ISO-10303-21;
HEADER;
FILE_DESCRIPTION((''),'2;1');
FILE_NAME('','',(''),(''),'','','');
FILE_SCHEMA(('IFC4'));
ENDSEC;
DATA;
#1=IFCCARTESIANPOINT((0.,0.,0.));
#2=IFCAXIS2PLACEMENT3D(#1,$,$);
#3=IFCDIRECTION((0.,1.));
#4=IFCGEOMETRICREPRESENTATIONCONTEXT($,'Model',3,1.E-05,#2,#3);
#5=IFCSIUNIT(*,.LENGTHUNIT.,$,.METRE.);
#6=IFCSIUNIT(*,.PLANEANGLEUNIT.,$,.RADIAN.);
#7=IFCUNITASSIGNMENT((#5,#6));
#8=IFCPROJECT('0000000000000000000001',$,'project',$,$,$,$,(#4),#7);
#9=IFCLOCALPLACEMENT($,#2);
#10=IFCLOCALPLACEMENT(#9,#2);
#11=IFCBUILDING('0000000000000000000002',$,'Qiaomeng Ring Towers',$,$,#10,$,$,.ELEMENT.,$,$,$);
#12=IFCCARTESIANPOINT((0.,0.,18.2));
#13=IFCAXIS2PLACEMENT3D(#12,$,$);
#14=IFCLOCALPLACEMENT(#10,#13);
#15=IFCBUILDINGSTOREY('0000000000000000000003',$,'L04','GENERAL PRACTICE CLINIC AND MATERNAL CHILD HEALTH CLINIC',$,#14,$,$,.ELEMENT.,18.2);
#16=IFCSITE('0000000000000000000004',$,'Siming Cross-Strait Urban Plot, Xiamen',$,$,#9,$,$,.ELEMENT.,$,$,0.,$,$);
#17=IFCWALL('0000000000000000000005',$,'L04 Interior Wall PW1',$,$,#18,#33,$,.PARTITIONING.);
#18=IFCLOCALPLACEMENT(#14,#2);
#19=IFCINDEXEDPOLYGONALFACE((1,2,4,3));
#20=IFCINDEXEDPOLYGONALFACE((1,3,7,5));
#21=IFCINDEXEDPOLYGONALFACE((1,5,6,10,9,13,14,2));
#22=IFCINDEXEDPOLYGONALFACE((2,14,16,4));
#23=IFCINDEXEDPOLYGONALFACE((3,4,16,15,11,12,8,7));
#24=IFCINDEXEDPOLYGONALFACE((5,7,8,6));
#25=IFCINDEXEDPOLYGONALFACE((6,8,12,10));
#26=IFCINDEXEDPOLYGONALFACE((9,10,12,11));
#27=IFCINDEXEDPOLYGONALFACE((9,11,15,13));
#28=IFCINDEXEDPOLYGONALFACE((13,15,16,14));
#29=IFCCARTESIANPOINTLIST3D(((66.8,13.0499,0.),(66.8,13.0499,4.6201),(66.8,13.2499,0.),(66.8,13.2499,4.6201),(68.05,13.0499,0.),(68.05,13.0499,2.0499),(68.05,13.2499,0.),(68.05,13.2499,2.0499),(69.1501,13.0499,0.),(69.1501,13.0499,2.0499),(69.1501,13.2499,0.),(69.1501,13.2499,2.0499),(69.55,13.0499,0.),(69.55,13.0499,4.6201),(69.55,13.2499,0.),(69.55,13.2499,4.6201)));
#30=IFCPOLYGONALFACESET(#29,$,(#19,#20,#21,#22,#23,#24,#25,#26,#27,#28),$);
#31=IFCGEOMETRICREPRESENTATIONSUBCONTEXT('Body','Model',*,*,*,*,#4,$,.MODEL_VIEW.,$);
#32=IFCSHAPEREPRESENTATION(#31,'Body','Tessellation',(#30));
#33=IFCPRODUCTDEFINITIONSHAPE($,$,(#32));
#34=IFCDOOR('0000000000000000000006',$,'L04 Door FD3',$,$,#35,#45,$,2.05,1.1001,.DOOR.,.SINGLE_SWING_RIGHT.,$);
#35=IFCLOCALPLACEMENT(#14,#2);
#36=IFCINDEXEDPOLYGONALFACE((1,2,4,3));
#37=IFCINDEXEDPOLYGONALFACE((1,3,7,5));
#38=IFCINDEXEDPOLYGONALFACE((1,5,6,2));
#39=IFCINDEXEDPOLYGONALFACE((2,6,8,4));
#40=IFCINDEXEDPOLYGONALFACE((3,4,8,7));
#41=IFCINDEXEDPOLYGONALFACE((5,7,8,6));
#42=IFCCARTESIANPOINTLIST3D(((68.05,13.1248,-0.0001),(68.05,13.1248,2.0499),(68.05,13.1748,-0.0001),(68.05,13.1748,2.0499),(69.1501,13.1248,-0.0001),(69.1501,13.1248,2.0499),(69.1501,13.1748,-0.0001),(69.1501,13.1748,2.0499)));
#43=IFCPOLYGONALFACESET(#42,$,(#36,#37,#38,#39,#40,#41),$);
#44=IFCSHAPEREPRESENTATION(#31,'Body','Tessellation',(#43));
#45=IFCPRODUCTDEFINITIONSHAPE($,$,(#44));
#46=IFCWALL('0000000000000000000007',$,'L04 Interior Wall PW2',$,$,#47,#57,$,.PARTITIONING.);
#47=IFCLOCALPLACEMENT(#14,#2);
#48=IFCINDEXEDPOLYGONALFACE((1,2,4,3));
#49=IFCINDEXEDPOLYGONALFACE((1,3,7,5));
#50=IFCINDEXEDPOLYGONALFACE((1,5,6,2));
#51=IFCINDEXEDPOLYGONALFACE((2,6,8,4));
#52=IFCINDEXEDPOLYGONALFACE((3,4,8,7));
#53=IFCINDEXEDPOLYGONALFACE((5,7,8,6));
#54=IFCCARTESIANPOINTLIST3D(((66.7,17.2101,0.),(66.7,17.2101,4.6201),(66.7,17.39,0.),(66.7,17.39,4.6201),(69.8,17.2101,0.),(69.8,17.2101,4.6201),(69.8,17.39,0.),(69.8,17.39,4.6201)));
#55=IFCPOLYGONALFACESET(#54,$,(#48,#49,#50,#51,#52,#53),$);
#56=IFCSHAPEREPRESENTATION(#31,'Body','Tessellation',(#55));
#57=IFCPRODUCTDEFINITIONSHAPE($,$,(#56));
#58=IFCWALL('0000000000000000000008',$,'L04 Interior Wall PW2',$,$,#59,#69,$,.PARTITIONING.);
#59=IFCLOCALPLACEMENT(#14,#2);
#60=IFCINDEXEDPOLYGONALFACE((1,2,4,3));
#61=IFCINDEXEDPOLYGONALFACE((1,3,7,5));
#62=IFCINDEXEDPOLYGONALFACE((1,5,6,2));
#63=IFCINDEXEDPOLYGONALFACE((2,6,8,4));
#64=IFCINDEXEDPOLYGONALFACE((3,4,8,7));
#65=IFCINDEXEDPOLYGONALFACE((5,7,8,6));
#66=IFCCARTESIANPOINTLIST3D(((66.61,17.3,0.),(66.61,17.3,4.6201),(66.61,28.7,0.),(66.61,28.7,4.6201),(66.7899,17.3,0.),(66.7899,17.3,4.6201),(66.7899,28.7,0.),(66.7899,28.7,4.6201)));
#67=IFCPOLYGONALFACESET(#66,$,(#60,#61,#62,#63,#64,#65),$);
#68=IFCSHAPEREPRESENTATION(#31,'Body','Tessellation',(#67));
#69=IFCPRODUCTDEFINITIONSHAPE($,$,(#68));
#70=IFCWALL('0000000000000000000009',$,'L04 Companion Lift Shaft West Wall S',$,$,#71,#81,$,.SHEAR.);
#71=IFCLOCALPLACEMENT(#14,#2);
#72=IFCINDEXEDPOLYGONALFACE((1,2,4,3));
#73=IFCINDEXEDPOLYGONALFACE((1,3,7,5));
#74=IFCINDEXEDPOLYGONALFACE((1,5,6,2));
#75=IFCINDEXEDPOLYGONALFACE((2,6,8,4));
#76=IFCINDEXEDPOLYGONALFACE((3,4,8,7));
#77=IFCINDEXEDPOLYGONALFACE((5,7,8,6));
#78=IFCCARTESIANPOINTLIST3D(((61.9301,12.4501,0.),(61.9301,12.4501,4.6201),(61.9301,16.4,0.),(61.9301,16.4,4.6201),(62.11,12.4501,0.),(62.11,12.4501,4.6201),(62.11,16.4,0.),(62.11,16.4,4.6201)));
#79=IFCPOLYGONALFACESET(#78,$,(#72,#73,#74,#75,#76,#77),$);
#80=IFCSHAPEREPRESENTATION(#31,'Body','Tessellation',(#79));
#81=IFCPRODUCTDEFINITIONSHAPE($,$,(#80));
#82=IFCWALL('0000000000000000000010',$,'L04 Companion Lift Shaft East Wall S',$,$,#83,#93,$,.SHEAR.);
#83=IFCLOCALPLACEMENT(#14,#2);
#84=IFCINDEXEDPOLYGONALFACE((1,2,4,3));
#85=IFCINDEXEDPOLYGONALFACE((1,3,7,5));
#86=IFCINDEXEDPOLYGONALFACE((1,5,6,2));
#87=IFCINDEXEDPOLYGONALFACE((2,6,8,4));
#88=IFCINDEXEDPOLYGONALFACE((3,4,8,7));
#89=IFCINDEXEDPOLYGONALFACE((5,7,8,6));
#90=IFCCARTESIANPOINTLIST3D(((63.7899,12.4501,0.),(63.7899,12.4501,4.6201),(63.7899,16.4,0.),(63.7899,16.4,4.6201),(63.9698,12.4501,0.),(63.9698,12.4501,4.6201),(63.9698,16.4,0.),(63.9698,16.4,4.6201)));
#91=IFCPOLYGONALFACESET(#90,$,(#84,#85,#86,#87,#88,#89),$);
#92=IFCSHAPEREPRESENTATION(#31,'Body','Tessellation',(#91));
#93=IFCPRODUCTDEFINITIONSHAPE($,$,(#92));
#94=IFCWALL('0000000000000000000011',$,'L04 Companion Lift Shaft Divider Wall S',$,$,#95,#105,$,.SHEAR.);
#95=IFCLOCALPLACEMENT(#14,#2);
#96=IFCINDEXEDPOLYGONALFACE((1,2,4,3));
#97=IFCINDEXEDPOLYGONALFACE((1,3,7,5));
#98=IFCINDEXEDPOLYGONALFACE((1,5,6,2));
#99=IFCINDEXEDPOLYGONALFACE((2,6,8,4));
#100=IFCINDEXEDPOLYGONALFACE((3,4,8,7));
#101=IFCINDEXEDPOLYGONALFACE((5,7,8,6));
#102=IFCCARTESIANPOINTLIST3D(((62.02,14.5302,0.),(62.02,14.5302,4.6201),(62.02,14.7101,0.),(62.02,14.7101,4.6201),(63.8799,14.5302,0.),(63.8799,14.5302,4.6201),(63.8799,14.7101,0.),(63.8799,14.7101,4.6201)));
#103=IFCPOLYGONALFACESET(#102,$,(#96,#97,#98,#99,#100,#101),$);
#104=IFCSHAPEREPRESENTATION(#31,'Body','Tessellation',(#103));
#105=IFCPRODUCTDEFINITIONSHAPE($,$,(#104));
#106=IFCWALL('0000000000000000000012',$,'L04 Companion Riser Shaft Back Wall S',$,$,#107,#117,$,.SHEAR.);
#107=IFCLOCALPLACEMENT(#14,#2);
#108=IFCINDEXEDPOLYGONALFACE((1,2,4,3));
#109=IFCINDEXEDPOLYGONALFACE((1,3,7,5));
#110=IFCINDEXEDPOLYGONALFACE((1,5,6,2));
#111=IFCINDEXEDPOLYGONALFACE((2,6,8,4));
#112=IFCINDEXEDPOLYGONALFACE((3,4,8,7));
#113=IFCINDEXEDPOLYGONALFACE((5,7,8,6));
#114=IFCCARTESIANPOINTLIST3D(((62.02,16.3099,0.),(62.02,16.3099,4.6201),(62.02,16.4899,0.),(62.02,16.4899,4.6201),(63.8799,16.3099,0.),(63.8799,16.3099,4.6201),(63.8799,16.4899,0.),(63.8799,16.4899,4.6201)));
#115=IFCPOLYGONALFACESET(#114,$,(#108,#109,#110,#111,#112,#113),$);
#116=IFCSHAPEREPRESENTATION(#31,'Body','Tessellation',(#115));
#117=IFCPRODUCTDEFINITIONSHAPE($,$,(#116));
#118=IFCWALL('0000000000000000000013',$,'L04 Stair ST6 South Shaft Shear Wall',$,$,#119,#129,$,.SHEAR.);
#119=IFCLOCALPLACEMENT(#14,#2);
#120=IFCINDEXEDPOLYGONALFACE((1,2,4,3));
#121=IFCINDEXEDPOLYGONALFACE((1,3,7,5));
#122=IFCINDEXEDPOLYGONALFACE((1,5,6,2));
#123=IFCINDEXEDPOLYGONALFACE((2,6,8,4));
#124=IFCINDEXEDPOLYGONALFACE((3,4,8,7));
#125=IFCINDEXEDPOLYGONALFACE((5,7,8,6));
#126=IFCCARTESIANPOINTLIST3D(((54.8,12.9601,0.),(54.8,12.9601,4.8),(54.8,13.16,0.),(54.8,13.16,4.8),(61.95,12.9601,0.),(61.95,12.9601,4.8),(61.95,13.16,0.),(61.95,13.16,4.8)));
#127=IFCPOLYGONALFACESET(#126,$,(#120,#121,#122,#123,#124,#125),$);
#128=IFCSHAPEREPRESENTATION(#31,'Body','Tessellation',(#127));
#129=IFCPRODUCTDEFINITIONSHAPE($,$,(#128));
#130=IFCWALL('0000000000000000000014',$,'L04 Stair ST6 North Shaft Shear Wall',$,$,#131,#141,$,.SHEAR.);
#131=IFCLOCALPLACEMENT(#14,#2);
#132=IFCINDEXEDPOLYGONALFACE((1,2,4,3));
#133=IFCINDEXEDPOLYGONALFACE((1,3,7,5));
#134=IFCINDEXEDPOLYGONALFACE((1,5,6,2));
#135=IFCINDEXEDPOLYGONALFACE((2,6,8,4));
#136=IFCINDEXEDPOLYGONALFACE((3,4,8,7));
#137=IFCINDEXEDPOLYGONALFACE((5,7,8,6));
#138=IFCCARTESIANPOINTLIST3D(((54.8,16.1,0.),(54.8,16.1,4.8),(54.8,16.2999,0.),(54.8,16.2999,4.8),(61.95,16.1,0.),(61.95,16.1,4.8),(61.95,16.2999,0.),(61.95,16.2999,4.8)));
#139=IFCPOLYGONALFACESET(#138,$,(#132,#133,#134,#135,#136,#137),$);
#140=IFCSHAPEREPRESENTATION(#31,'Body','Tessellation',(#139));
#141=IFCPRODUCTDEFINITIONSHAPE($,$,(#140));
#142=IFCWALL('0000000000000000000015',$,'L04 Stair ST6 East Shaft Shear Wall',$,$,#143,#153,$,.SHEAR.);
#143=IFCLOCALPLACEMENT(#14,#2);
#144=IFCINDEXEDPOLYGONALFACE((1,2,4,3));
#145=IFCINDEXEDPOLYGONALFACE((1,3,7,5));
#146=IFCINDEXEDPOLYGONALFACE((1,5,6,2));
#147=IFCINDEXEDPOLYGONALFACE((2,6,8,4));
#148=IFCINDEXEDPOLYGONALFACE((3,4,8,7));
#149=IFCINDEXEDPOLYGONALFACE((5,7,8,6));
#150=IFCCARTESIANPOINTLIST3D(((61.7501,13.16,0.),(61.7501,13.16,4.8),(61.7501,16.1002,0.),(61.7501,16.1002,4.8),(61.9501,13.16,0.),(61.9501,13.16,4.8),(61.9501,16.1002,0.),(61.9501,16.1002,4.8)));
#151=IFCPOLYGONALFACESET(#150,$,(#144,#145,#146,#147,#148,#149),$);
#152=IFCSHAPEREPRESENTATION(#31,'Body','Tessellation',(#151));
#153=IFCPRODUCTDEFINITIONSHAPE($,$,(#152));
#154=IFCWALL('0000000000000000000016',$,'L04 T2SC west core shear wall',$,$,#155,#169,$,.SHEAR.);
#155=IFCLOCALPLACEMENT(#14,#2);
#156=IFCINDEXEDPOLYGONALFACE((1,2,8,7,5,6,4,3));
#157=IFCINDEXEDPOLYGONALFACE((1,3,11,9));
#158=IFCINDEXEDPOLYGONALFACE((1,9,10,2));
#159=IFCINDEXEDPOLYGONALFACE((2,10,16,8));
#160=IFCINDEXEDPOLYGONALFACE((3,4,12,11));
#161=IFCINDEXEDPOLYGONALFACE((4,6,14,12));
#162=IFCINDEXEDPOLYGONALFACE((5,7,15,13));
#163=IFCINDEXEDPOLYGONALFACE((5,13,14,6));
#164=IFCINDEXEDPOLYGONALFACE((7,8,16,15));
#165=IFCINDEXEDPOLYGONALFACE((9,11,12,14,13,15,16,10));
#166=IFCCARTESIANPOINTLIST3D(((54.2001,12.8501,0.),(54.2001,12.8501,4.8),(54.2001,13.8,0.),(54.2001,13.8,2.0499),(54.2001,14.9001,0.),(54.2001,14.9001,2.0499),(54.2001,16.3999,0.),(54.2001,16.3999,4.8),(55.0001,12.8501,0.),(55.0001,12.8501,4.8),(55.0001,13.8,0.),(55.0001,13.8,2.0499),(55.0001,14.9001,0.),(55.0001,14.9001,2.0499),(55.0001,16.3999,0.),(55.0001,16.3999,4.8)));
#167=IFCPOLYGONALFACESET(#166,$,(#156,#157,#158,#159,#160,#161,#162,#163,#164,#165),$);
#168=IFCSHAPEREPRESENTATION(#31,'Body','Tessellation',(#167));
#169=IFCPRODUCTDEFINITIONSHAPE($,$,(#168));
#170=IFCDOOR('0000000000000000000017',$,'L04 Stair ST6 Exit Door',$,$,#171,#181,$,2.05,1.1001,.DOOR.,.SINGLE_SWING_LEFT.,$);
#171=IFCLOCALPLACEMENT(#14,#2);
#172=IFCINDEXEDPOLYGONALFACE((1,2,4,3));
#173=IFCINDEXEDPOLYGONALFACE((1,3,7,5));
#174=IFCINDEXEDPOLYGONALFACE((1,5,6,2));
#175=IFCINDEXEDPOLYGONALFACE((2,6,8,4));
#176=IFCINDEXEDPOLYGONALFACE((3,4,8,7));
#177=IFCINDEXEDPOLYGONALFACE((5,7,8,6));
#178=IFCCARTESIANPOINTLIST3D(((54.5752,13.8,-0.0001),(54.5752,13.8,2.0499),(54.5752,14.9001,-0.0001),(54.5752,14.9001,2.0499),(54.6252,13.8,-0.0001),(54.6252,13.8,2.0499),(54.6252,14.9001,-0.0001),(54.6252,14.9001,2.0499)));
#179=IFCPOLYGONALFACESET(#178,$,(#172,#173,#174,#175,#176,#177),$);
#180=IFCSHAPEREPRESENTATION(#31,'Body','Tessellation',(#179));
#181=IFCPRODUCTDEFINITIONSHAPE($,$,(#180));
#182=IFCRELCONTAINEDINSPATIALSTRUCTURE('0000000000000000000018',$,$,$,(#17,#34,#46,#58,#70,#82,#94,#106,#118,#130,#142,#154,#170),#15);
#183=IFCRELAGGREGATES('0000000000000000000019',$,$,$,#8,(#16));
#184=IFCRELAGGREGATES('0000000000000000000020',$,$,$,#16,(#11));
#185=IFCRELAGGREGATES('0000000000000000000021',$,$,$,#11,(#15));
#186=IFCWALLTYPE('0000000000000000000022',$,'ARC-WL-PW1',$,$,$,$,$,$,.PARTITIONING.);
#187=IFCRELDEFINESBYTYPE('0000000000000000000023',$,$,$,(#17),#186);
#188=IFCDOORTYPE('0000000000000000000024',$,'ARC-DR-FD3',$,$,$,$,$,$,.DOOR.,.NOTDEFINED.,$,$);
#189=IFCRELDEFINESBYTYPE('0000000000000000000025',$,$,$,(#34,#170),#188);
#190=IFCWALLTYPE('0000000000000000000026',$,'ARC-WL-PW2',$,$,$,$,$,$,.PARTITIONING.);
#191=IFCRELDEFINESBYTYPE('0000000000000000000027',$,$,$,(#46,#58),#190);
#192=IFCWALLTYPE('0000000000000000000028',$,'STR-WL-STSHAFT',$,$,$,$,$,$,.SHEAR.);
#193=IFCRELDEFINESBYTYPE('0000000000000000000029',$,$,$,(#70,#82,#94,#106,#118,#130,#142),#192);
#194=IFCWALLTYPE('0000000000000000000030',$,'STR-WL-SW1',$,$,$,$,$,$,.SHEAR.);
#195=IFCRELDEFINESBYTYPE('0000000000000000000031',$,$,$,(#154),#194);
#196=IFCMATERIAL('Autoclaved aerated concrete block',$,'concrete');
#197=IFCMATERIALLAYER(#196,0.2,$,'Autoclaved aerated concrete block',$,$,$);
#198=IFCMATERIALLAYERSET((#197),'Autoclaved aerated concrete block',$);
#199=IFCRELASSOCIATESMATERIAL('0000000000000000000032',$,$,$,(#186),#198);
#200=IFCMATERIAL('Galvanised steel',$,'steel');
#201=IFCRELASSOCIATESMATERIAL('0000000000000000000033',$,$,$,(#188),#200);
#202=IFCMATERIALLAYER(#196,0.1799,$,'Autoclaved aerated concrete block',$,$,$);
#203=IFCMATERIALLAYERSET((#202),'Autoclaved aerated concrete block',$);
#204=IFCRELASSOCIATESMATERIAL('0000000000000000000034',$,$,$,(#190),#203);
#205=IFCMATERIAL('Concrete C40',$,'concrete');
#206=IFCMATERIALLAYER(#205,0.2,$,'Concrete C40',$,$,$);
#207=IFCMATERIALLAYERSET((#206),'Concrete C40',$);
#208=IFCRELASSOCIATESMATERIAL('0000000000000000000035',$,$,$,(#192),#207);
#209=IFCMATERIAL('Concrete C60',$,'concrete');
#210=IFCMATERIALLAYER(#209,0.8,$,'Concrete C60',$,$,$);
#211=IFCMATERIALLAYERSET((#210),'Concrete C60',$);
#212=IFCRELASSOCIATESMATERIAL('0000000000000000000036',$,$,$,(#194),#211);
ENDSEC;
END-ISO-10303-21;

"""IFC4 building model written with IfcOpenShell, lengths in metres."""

from ifc_helpers import new_model, si_unit, direction, frame, frame_2d, origin, place, context, subcontext, project, spatial, rectangle, extrude, source, transform, mapped, material, layer, layer_set, type_object, element, fill, save


model = new_model("IFC4")

# Units and contexts
model_context = context("Model", 3, precision=1e-05, world=origin(), true_north=direction((0.0, 1.0)))
body_context = subcontext(model_context, "Body", "Model", "MODEL_VIEW")
ifc_project = project(units=[si_unit("LENGTHUNIT", "METRE"), si_unit("PLANEANGLEUNIT", "RADIAN")], contexts=[model_context])

# Site, building, storey
site_placement = place(None, origin())
site = spatial("IfcSite", under=ifc_project, at=site_placement, Name="Siming Cross-Strait Urban Plot, Xiamen", CompositionType="ELEMENT", RefElevation=0.0)
building_placement = place(site_placement, origin())
building = spatial("IfcBuilding", under=site, at=building_placement, Name="Qiaomeng Ring Towers", CompositionType="ELEMENT")
storey_placement = place(building_placement, frame((0.0, 0.0, 18.2)))
storey = spatial("IfcBuildingStorey", under=building, at=storey_placement, Name="L04", Description="GENERAL PRACTICE CLINIC AND MATERNAL CHILD HEALTH CLINIC", CompositionType="ELEMENT", Elevation=18.2)

# Wall, opening, door
ifc_material_1 = material(Name="Autoclaved aerated concrete block", Category="concrete")
ifc_layer_1 = layer(ifc_material_1, 0.2, Name="Autoclaved aerated concrete block")
ifc_layer_set_1 = layer_set([ifc_layer_1], Name="Autoclaved aerated concrete block")
wall_type_1 = type_object("IfcWallType", Name="ARC-WL-PW1", PredefinedType="PARTITIONING", material=ifc_layer_set_1)
wall_1_placement = place(storey_placement, frame((66.8, 13.1499, 0.0), z_axis=(0.0, 0.0, 1.0), x_axis=(1.0, 0.0, 0.0)))
wall_1 = element("IfcWall", 1, at=wall_1_placement, inside=storey, type_object=wall_type_1, Name="L04 Interior Wall PW1", PredefinedType="PARTITIONING", context=body_context, shape_type="SweptSolid", body=[
    extrude(rectangle(XDim=2.75, YDim=0.2, at=frame_2d((1.375, 0.0))), origin(), (0.0, 0.0, 1.0), 4.6201),
])
opening_1_placement = place(wall_1_placement, frame((1.25, 0.0, 0.0)))
opening_1 = element("IfcOpeningElement", 2, at=opening_1_placement, cuts=wall_1, PredefinedType="OPENING", context=body_context, shape_type="SweptSolid", body=[
    extrude(rectangle(XDim=1.1001, YDim=2.05, at=frame_2d((0.55, 1.0249))), frame((0.0, 0.1099, 0.0), z_axis=(0.0, -1.0, 0.0), x_axis=(1.0, 0.0, 0.0)), (0.0, 0.0, 1.0), 0.22),
])
ifc_material_2 = material(Name="Galvanised steel", Category="steel")
door_type_1 = type_object("IfcDoorType", Name="ARC-DR-FD3", OperationType="NOTDEFINED", PredefinedType="DOOR", material=ifc_material_2)
shared_shape_1 = source(origin(), body_context, "Body", "SweptSolid", [
    extrude(rectangle(XDim=1.1001, YDim=2.05, at=frame_2d((0.55, 1.0249))), frame((0.0, 0.0249, 0.0), z_axis=(0.0, -1.0, 0.0), x_axis=(1.0, 0.0, 0.0)), (0.0, 0.0, 1.0), 0.05),
])
door_1_placement = place(opening_1_placement, origin())
door_1 = element("IfcDoor", 3, at=door_1_placement, inside=storey, type_object=door_type_1, Name="L04 Door FD3", OperationType="SINGLE_SWING_RIGHT", OverallHeight=2.05, OverallWidth=1.1001, PredefinedType="DOOR", context=body_context, shape_type="MappedRepresentation", body=[
    mapped(shared_shape_1, transform((0.0, 0.0, 0.0), x_axis=(1.0, 0.0, 0.0), y_axis=(0.0, 1.0, 0.0), z_axis=(0.0, 0.0, 1.0), scale=1.0)),
])
fill(opening_1, door_1)

# Walls
ifc_layer_2 = layer(ifc_material_1, 0.1799, Name="Autoclaved aerated concrete block")
ifc_layer_set_2 = layer_set([ifc_layer_2], Name="Autoclaved aerated concrete block")
wall_type_2 = type_object("IfcWallType", Name="ARC-WL-PW2", PredefinedType="PARTITIONING", material=ifc_layer_set_2)
wall_2_placement = place(storey_placement, frame((66.7, 17.3, 0.0), z_axis=(0.0, 0.0, 1.0), x_axis=(1.0, 0.0, 0.0)))
element("IfcWall", 4, at=wall_2_placement, inside=storey, type_object=wall_type_2, Name="L04 Interior Wall PW2", PredefinedType="PARTITIONING", context=body_context, shape_type="SweptSolid", body=[
    extrude(rectangle(XDim=3.1001, YDim=0.1799, at=frame_2d((1.55, 0.0))), origin(), (0.0, 0.0, 1.0), 4.6201),
])
wall_3_placement = place(storey_placement, frame((66.7, 17.3, 0.0), z_axis=(0.0, 0.0, 1.0), x_axis=(0.0, 1.0, 0.0)))
element("IfcWall", 5, at=wall_3_placement, inside=storey, type_object=wall_type_2, Name="L04 Interior Wall PW2", PredefinedType="PARTITIONING", context=body_context, shape_type="SweptSolid", body=[
    extrude(rectangle(XDim=11.3999, YDim=0.1799, at=frame_2d((5.7, 0.0))), origin(), (0.0, 0.0, 1.0), 4.6201),
])
ifc_material_3 = material(Name="Concrete C40", Category="concrete")
ifc_layer_3 = layer(ifc_material_3, 0.2, Name="Concrete C40")
ifc_layer_set_3 = layer_set([ifc_layer_3], Name="Concrete C40")
wall_type_3 = type_object("IfcWallType", Name="STR-WL-STSHAFT", PredefinedType="SHEAR", material=ifc_layer_set_3)
for number, where, z_axis, x_axis, name in (
    (6, (62.02, 12.45, 0.0), (0.0, 0.0, 1.0), (0.0, 1.0, 0.0), "L04 Companion Lift Shaft West Wall S"),
    (7, (63.8799, 12.45, 0.0), (0.0, 0.0, 1.0), (0.0, 1.0, 0.0), "L04 Companion Lift Shaft East Wall S"),
):
    element("IfcWall", number, at=place(storey_placement, frame(where, z_axis=z_axis, x_axis=x_axis)), inside=storey, type_object=wall_type_3, Name=name, PredefinedType="SHEAR", context=body_context, shape_type="SweptSolid", body=[
        extrude(rectangle(XDim=3.95, YDim=0.1799, at=frame_2d((1.9751, 0.0))), origin(), (0.0, 0.0, 1.0), 4.6201),
    ])
for number, where, z_axis, x_axis, name in (
    (8, (62.02, 14.6201, 0.0), (0.0, 0.0, 1.0), (1.0, 0.0, 0.0), "L04 Companion Lift Shaft Divider Wall S"),
    (9, (62.02, 16.3999, 0.0), (0.0, 0.0, 1.0), (1.0, 0.0, 0.0), "L04 Companion Riser Shaft Back Wall S"),
):
    element("IfcWall", number, at=place(storey_placement, frame(where, z_axis=z_axis, x_axis=x_axis)), inside=storey, type_object=wall_type_3, Name=name, PredefinedType="SHEAR", context=body_context, shape_type="SweptSolid", body=[
        extrude(rectangle(XDim=1.8599, YDim=0.1799, at=frame_2d((0.9299, 0.0))), origin(), (0.0, 0.0, 1.0), 4.6201),
    ])
for number, where, z_axis, x_axis, name in (
    (10, (54.8, 13.0601, 0.0), (0.0, 0.0, 1.0), (1.0, 0.0, 0.0), "L04 Stair ST6 South Shaft Shear Wall"),
    (11, (54.8, 16.2, 0.0), (0.0, 0.0, 1.0), (1.0, 0.0, 0.0), "L04 Stair ST6 North Shaft Shear Wall"),
):
    element("IfcWall", number, at=place(storey_placement, frame(where, z_axis=z_axis, x_axis=x_axis)), inside=storey, type_object=wall_type_3, Name=name, PredefinedType="SHEAR", context=body_context, shape_type="SweptSolid", body=[
        extrude(rectangle(XDim=7.1499, YDim=0.2, at=frame_2d((3.575, 0.0))), origin(), (0.0, 0.0, 1.0), 4.8),
    ])
wall_4_placement = place(storey_placement, frame((61.8501, 13.1599, 0.0), z_axis=(0.0, 0.0, 1.0), x_axis=(0.0, 1.0, 0.0)))
element("IfcWall", 12, at=wall_4_placement, inside=storey, type_object=wall_type_3, Name="L04 Stair ST6 East Shaft Shear Wall", PredefinedType="SHEAR", context=body_context, shape_type="SweptSolid", body=[
    extrude(rectangle(XDim=2.9402, YDim=0.2, at=frame_2d((1.4702, 0.0))), origin(), (0.0, 0.0, 1.0), 4.8),
])

# Wall, opening, door
ifc_material_4 = material(Name="Concrete C60", Category="concrete")
ifc_layer_4 = layer(ifc_material_4, 0.8, Name="Concrete C60")
ifc_layer_set_4 = layer_set([ifc_layer_4], Name="Concrete C60")
wall_type_4 = type_object("IfcWallType", Name="STR-WL-SW1", PredefinedType="SHEAR", material=ifc_layer_set_4)
wall_5_placement = place(storey_placement, frame((54.6001, 12.8501, 0.0), z_axis=(0.0, 0.0, 1.0), x_axis=(0.0, 1.0, 0.0)))
wall_5 = element("IfcWall", 13, at=wall_5_placement, inside=storey, type_object=wall_type_4, Name="L04 T2SC west core shear wall", PredefinedType="SHEAR", context=body_context, shape_type="SweptSolid", body=[
    extrude(rectangle(XDim=3.5498, YDim=0.8, at=frame_2d((1.7749, 0.0))), origin(), (0.0, 0.0, 1.0), 4.8),
])
opening_2_placement = place(wall_5_placement, frame((0.95, 0.0, 0.0)))
opening_2 = element("IfcOpeningElement", 14, at=opening_2_placement, cuts=wall_5, PredefinedType="OPENING", context=body_context, shape_type="SweptSolid", body=[
    extrude(rectangle(XDim=1.1001, YDim=2.05, at=frame_2d((0.55, 1.0249))), frame((0.0, 0.4099, 0.0), z_axis=(0.0, -1.0, 0.0), x_axis=(1.0, 0.0, 0.0)), (0.0, 0.0, 1.0), 0.8201),
])
door_2_placement = place(opening_2_placement, origin())
door_2 = element("IfcDoor", 15, at=door_2_placement, inside=storey, type_object=door_type_1, Name="L04 Stair ST6 Exit Door", OperationType="SINGLE_SWING_LEFT", OverallHeight=2.05, OverallWidth=1.1001, PredefinedType="DOOR", context=body_context, shape_type="MappedRepresentation", body=[
    mapped(shared_shape_1, transform((0.0, 0.0, 0.0), x_axis=(1.0, 0.0, 0.0), y_axis=(0.0, 1.0, 0.0), z_axis=(0.0, 0.0, 1.0), scale=1.0)),
])
fill(opening_2, door_2)

save(model, "model.ifc")
